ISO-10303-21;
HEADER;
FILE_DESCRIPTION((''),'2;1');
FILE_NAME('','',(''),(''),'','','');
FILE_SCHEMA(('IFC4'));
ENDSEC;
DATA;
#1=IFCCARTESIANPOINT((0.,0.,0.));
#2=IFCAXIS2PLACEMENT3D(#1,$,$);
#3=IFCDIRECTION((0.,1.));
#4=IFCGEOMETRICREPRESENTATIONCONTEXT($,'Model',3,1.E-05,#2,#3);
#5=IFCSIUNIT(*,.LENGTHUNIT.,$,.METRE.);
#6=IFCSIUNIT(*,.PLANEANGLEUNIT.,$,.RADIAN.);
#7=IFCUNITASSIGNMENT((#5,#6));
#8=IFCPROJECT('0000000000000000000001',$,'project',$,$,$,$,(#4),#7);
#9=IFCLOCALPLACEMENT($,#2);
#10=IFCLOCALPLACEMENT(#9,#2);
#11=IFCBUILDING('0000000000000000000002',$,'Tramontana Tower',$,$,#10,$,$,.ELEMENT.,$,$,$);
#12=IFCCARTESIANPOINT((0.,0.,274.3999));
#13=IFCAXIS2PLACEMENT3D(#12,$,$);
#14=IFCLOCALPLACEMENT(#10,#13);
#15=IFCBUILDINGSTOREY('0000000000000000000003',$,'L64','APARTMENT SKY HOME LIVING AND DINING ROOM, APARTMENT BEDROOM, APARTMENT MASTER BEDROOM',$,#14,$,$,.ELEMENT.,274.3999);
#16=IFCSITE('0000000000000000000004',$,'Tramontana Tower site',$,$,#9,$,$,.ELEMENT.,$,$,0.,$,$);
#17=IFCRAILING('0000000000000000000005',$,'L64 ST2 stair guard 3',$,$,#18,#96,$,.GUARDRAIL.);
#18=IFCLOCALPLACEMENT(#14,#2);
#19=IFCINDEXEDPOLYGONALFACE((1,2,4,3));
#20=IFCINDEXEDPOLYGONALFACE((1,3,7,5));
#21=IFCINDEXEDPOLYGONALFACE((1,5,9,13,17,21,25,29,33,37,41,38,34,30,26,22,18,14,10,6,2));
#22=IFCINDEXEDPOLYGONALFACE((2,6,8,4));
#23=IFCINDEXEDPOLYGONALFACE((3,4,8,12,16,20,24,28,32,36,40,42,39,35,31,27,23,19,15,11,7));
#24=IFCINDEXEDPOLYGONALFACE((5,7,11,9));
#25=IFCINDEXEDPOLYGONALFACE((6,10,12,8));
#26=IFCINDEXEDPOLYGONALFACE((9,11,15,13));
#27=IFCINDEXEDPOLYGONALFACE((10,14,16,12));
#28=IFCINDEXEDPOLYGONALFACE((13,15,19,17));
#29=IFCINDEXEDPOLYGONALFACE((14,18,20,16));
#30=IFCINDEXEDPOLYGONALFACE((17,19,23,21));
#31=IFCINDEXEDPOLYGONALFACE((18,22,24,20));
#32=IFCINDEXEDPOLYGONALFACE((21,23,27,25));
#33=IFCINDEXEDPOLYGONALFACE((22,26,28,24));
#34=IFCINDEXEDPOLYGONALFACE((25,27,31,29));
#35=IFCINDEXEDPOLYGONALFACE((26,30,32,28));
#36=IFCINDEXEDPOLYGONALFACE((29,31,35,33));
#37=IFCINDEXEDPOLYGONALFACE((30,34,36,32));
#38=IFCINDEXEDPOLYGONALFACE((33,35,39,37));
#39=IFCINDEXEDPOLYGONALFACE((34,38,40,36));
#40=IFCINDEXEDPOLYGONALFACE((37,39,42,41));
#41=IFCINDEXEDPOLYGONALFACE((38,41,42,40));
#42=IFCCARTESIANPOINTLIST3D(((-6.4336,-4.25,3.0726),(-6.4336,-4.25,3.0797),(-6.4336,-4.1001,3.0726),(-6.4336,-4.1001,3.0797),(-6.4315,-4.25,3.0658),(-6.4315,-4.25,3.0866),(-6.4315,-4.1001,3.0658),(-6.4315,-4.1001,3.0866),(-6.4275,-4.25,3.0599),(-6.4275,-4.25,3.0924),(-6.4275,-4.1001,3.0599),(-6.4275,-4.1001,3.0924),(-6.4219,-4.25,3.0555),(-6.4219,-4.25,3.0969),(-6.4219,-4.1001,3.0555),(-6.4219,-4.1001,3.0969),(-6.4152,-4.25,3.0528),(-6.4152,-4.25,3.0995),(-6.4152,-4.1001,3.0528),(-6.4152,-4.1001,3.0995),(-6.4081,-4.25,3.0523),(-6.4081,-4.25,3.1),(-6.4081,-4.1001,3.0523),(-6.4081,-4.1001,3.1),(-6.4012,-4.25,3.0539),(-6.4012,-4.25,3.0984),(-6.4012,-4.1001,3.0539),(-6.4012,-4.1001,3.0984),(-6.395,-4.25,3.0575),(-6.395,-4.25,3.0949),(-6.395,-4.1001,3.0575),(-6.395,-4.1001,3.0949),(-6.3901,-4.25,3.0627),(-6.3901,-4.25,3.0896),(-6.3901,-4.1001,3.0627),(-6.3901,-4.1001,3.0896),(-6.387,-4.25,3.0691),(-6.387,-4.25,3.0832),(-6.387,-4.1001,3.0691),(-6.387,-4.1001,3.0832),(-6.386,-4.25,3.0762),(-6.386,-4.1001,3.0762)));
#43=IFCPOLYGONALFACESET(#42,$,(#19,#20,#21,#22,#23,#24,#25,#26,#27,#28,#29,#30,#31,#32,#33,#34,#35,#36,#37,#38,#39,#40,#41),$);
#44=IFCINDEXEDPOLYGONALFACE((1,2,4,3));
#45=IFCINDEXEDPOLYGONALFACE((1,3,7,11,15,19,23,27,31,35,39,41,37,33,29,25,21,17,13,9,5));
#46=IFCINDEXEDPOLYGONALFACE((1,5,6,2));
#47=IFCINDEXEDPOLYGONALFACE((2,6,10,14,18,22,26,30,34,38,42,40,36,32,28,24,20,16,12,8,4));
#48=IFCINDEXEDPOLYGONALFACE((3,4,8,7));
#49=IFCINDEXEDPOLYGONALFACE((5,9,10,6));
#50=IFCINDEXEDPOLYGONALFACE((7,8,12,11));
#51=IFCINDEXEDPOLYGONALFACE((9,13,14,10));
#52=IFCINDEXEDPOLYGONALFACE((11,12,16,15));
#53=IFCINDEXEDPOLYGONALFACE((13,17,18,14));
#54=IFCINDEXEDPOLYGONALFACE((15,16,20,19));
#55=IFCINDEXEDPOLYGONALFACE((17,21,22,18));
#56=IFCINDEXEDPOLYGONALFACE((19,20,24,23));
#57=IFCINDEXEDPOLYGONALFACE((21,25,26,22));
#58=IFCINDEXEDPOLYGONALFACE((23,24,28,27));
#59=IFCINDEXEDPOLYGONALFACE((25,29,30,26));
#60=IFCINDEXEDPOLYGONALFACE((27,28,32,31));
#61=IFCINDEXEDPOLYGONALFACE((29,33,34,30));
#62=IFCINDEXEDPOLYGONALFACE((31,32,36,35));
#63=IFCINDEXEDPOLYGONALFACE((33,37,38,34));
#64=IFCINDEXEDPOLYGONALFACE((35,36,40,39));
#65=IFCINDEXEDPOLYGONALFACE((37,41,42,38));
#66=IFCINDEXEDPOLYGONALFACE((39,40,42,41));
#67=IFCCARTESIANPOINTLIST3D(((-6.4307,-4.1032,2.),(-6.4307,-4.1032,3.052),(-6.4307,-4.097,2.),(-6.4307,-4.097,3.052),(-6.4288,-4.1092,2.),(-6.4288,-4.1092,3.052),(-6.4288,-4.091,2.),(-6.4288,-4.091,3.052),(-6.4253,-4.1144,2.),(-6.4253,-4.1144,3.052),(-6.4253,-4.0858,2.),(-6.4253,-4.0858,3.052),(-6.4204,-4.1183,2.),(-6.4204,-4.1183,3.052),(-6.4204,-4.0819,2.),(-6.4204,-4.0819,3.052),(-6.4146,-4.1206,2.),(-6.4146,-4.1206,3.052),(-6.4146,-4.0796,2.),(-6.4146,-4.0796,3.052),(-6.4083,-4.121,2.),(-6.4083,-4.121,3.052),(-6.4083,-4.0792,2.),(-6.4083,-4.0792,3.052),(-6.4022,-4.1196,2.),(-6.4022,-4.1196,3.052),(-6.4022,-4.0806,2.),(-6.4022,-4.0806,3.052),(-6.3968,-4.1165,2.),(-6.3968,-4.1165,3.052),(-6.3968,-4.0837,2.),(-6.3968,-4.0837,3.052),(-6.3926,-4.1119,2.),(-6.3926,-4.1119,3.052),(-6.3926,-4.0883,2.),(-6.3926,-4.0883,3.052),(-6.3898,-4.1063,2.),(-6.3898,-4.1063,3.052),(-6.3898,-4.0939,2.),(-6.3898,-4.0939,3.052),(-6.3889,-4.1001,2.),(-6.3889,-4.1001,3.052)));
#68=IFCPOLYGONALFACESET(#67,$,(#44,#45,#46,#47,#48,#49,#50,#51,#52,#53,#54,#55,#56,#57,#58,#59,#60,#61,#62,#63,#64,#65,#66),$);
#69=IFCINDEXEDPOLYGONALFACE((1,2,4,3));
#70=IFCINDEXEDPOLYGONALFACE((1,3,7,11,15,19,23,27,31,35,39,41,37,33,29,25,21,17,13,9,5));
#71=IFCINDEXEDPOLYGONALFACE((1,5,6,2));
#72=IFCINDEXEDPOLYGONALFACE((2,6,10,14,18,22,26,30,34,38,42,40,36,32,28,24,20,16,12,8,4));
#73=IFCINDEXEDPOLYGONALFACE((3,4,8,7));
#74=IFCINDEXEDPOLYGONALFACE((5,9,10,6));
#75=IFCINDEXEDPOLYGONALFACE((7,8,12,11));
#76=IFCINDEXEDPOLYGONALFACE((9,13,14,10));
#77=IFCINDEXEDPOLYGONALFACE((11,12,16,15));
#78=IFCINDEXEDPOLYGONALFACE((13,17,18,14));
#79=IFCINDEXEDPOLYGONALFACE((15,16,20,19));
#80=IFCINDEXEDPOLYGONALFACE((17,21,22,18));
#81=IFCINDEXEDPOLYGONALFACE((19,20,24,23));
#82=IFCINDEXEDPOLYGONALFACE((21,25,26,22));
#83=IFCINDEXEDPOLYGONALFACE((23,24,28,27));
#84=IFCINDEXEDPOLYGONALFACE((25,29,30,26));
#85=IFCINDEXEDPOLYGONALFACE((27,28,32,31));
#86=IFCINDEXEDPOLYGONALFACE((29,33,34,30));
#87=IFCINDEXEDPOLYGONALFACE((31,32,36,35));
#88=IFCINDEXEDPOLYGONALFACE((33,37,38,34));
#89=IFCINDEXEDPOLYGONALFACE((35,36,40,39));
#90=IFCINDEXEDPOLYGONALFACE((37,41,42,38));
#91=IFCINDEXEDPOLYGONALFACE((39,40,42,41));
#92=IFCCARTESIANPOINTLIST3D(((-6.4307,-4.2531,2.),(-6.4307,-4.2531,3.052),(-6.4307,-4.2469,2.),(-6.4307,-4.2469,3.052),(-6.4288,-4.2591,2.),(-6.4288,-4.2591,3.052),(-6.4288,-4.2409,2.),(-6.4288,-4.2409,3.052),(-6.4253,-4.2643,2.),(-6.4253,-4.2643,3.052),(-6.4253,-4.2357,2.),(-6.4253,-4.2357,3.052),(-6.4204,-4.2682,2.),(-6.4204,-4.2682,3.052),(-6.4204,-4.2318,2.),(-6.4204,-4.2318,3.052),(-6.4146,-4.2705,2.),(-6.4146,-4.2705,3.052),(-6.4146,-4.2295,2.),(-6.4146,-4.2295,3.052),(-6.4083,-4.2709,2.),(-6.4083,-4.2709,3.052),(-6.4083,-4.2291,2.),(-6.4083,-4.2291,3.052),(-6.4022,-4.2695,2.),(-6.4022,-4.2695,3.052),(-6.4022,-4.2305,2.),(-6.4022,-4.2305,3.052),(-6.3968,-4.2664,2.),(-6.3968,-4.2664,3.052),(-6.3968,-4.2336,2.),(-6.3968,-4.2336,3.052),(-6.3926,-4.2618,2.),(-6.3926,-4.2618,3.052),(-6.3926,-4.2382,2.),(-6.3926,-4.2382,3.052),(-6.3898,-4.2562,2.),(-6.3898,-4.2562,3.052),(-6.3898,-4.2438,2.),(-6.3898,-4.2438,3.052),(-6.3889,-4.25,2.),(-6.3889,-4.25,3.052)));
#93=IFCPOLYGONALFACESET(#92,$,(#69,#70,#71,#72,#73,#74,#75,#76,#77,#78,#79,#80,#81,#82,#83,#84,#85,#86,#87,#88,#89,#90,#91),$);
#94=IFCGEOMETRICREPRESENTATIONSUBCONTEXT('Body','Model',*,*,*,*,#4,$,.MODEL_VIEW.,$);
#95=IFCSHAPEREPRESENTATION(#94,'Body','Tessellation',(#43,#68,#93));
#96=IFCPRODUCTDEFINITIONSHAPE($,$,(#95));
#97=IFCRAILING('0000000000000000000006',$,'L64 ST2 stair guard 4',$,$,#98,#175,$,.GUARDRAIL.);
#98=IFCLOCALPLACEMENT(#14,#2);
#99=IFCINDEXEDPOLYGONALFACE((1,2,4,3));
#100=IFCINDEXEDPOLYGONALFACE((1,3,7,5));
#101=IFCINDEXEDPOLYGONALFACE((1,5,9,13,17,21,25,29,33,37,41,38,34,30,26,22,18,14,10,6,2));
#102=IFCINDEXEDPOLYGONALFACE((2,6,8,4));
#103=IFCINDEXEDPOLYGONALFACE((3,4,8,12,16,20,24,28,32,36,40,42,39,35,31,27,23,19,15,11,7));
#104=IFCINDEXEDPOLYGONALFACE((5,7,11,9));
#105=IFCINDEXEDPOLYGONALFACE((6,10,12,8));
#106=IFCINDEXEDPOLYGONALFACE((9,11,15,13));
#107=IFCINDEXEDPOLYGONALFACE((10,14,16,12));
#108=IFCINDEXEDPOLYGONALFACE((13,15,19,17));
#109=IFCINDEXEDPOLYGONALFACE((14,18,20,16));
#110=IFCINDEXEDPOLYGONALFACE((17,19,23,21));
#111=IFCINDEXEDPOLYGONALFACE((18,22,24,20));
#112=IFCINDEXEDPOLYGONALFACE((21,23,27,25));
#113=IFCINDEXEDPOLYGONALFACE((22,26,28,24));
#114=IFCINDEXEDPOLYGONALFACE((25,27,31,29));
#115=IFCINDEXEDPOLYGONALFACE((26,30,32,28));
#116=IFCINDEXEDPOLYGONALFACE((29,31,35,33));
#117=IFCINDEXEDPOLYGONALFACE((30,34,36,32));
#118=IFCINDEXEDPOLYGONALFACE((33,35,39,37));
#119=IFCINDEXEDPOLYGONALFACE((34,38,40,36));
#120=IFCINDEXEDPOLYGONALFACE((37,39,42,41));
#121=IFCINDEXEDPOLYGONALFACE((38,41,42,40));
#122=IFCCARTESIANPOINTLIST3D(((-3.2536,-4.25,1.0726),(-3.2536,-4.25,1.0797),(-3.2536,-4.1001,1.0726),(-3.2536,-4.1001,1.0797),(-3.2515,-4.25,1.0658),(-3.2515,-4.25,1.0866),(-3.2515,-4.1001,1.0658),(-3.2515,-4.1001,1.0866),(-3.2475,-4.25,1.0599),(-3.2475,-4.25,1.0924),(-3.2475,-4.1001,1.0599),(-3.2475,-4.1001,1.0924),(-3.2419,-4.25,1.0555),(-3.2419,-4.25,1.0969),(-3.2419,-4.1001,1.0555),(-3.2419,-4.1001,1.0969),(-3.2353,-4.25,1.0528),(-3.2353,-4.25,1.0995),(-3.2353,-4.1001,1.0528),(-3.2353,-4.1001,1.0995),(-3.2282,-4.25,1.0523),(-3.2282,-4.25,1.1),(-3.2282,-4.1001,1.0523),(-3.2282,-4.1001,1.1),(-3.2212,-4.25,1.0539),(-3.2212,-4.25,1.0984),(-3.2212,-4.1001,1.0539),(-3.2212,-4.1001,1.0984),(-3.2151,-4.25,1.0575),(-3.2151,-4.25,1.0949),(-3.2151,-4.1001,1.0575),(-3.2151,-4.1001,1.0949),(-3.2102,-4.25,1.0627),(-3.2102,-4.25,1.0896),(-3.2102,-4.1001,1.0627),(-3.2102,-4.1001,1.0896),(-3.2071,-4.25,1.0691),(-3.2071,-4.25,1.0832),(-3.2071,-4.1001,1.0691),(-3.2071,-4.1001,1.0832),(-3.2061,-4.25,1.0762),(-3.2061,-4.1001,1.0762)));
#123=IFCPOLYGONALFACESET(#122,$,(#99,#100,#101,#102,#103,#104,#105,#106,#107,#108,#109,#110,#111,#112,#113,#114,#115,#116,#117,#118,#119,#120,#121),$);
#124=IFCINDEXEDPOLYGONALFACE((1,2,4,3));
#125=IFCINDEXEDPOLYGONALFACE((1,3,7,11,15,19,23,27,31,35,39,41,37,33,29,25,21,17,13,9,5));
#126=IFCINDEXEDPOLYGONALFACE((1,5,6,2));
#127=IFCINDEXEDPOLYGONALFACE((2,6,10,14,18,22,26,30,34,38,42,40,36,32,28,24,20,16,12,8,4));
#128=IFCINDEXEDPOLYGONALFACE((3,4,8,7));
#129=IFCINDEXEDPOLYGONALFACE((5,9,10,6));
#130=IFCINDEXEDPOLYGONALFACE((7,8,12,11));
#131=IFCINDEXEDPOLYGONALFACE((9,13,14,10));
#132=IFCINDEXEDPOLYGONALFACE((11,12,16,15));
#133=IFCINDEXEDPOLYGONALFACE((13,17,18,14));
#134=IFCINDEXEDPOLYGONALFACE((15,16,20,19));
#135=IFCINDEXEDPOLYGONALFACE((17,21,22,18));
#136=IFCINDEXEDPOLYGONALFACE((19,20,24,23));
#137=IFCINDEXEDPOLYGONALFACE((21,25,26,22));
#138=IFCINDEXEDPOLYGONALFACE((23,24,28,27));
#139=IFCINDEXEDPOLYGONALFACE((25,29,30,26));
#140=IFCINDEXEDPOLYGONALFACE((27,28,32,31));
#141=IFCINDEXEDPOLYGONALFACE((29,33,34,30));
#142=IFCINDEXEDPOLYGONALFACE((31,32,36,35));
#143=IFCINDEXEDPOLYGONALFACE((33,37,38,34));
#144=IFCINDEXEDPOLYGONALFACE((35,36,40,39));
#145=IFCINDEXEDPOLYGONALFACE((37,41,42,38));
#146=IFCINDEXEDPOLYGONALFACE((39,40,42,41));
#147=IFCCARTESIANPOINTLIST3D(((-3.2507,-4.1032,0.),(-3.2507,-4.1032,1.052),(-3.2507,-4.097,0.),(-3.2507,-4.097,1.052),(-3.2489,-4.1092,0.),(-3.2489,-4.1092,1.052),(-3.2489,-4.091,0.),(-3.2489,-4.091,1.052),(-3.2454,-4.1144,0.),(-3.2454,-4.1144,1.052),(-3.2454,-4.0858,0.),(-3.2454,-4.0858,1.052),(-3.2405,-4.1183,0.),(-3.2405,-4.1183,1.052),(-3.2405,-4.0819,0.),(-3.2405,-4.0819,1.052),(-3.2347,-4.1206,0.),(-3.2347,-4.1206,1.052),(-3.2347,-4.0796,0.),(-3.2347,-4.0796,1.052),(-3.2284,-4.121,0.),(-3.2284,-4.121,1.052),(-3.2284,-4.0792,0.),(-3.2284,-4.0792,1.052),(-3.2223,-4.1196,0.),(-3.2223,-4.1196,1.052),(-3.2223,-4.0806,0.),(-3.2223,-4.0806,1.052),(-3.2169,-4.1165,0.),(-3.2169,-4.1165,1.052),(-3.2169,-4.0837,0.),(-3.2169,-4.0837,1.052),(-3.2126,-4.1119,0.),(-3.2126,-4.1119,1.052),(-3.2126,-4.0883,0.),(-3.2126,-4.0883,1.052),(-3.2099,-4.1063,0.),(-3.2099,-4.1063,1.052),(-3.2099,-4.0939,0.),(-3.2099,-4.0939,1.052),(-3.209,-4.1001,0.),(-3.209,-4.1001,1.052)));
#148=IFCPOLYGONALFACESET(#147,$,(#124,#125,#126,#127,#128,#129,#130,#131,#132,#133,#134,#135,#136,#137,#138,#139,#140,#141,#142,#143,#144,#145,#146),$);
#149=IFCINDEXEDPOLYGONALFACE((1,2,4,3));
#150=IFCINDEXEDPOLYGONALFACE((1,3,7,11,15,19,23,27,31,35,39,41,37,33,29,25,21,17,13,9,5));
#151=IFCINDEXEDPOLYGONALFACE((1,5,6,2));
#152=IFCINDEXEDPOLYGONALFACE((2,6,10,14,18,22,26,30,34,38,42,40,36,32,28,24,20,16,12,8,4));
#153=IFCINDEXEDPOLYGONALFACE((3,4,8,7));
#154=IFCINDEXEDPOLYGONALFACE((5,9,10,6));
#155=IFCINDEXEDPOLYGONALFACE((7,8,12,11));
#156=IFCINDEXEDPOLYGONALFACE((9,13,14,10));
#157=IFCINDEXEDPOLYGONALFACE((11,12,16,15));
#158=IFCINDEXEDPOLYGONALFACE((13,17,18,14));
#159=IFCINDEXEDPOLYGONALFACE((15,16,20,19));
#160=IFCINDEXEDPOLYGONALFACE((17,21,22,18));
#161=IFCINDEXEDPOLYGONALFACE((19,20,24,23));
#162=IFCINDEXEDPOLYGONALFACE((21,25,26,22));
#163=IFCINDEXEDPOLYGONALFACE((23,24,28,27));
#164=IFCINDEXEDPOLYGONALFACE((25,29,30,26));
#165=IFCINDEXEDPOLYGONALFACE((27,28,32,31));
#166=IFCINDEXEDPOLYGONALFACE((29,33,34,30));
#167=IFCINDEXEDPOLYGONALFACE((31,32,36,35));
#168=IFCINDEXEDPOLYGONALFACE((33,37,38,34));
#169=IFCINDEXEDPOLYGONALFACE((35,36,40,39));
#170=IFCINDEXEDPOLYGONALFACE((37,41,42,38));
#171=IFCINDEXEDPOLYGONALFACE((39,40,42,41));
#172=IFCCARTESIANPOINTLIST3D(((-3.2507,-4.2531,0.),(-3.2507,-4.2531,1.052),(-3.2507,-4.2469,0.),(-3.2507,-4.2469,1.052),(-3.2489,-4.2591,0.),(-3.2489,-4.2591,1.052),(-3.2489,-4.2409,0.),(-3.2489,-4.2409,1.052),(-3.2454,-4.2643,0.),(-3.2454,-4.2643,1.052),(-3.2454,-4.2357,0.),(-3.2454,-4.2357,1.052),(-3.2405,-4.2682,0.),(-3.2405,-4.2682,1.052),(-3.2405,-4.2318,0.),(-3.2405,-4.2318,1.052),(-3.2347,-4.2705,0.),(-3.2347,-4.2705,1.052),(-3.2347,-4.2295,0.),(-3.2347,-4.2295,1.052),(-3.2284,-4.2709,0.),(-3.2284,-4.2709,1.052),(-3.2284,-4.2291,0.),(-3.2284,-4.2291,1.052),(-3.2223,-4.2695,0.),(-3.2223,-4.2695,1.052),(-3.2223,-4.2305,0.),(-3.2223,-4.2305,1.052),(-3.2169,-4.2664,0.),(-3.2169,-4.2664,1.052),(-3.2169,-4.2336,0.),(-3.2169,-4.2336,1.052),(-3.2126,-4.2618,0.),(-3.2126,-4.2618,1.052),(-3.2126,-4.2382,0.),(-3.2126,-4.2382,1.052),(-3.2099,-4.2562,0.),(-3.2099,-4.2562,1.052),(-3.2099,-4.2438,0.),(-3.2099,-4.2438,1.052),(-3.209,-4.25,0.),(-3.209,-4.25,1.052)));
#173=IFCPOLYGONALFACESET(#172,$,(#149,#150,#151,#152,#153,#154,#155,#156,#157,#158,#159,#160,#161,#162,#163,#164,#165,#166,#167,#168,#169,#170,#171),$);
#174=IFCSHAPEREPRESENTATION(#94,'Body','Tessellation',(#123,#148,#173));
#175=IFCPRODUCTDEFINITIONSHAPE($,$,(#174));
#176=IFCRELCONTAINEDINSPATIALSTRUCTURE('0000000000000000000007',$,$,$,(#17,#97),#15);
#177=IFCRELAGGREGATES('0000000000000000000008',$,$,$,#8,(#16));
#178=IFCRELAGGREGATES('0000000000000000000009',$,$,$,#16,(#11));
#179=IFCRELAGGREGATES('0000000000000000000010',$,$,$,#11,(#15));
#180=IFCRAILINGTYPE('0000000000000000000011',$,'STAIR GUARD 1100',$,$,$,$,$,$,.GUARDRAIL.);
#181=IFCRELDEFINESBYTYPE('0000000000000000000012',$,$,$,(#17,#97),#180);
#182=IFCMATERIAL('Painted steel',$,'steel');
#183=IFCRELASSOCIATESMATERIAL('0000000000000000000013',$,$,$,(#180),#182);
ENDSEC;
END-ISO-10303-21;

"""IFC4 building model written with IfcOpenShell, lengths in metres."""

from ifc_helpers import new_model, si_unit, direction, frame, origin, origin_2d, place, context, subcontext, project, spatial, circle, extrude, material, type_object, element, save


model = new_model("IFC4")

# Units and contexts
model_context = context("Model", 3, precision=1e-05, world=origin(), true_north=direction((0.0, 1.0)))
body_context = subcontext(model_context, "Body", "Model", "MODEL_VIEW")
ifc_project = project(units=[si_unit("LENGTHUNIT", "METRE"), si_unit("PLANEANGLEUNIT", "RADIAN")], contexts=[model_context])

# Site, building, storey
site_placement = place(None, origin())
site = spatial("IfcSite", under=ifc_project, at=site_placement, Name="Tramontana Tower site", CompositionType="ELEMENT", RefElevation=0.0)
building_placement = place(site_placement, origin())
building = spatial("IfcBuilding", under=site, at=building_placement, Name="Tramontana Tower", CompositionType="ELEMENT")
storey_placement = place(building_placement, frame((0.0, 0.0, 274.3999)))
storey = spatial("IfcBuildingStorey", under=building, at=storey_placement, Name="L64", Description="APARTMENT SKY HOME LIVING AND DINING ROOM, APARTMENT BEDROOM, APARTMENT MASTER BEDROOM", CompositionType="ELEMENT", Elevation=274.3999)

# Railings
ifc_material_1 = material(Name="Painted steel", Category="steel")
railing_type_1 = type_object("IfcRailingType", Name="STAIR GUARD 1100", PredefinedType="GUARDRAIL", material=ifc_material_1)
for number, where, name in (
    (1, (-6.4099, -4.1001, 2.0), "L64 ST2 stair guard 3"),
    (2, (-3.23, -4.1001, 0.0), "L64 ST2 stair guard 4"),
):
    element("IfcRailing", number, at=place(storey_placement, frame(where)), inside=storey, type_object=railing_type_1, Name=name, PredefinedType="GUARDRAIL", context=body_context, shape_type="SweptSolid", body=[
        extrude(circle(Radius=0.0239, at=origin_2d()), frame((0.0, 0.0, 1.0762), z_axis=(0.0, -1.0, 0.0), x_axis=(1.0, 0.0, 0.0)), (0.0, 0.0, 1.0), 0.1499),
        extrude(circle(Radius=0.021, at=origin_2d()), origin(), (0.0, 0.0, 1.0), 1.052),
        extrude(circle(Radius=0.021, at=origin_2d()), frame((0.0, -0.1499, 0.0)), (0.0, 0.0, 1.0), 1.052),
    ])

save(model, "model.ifc")
